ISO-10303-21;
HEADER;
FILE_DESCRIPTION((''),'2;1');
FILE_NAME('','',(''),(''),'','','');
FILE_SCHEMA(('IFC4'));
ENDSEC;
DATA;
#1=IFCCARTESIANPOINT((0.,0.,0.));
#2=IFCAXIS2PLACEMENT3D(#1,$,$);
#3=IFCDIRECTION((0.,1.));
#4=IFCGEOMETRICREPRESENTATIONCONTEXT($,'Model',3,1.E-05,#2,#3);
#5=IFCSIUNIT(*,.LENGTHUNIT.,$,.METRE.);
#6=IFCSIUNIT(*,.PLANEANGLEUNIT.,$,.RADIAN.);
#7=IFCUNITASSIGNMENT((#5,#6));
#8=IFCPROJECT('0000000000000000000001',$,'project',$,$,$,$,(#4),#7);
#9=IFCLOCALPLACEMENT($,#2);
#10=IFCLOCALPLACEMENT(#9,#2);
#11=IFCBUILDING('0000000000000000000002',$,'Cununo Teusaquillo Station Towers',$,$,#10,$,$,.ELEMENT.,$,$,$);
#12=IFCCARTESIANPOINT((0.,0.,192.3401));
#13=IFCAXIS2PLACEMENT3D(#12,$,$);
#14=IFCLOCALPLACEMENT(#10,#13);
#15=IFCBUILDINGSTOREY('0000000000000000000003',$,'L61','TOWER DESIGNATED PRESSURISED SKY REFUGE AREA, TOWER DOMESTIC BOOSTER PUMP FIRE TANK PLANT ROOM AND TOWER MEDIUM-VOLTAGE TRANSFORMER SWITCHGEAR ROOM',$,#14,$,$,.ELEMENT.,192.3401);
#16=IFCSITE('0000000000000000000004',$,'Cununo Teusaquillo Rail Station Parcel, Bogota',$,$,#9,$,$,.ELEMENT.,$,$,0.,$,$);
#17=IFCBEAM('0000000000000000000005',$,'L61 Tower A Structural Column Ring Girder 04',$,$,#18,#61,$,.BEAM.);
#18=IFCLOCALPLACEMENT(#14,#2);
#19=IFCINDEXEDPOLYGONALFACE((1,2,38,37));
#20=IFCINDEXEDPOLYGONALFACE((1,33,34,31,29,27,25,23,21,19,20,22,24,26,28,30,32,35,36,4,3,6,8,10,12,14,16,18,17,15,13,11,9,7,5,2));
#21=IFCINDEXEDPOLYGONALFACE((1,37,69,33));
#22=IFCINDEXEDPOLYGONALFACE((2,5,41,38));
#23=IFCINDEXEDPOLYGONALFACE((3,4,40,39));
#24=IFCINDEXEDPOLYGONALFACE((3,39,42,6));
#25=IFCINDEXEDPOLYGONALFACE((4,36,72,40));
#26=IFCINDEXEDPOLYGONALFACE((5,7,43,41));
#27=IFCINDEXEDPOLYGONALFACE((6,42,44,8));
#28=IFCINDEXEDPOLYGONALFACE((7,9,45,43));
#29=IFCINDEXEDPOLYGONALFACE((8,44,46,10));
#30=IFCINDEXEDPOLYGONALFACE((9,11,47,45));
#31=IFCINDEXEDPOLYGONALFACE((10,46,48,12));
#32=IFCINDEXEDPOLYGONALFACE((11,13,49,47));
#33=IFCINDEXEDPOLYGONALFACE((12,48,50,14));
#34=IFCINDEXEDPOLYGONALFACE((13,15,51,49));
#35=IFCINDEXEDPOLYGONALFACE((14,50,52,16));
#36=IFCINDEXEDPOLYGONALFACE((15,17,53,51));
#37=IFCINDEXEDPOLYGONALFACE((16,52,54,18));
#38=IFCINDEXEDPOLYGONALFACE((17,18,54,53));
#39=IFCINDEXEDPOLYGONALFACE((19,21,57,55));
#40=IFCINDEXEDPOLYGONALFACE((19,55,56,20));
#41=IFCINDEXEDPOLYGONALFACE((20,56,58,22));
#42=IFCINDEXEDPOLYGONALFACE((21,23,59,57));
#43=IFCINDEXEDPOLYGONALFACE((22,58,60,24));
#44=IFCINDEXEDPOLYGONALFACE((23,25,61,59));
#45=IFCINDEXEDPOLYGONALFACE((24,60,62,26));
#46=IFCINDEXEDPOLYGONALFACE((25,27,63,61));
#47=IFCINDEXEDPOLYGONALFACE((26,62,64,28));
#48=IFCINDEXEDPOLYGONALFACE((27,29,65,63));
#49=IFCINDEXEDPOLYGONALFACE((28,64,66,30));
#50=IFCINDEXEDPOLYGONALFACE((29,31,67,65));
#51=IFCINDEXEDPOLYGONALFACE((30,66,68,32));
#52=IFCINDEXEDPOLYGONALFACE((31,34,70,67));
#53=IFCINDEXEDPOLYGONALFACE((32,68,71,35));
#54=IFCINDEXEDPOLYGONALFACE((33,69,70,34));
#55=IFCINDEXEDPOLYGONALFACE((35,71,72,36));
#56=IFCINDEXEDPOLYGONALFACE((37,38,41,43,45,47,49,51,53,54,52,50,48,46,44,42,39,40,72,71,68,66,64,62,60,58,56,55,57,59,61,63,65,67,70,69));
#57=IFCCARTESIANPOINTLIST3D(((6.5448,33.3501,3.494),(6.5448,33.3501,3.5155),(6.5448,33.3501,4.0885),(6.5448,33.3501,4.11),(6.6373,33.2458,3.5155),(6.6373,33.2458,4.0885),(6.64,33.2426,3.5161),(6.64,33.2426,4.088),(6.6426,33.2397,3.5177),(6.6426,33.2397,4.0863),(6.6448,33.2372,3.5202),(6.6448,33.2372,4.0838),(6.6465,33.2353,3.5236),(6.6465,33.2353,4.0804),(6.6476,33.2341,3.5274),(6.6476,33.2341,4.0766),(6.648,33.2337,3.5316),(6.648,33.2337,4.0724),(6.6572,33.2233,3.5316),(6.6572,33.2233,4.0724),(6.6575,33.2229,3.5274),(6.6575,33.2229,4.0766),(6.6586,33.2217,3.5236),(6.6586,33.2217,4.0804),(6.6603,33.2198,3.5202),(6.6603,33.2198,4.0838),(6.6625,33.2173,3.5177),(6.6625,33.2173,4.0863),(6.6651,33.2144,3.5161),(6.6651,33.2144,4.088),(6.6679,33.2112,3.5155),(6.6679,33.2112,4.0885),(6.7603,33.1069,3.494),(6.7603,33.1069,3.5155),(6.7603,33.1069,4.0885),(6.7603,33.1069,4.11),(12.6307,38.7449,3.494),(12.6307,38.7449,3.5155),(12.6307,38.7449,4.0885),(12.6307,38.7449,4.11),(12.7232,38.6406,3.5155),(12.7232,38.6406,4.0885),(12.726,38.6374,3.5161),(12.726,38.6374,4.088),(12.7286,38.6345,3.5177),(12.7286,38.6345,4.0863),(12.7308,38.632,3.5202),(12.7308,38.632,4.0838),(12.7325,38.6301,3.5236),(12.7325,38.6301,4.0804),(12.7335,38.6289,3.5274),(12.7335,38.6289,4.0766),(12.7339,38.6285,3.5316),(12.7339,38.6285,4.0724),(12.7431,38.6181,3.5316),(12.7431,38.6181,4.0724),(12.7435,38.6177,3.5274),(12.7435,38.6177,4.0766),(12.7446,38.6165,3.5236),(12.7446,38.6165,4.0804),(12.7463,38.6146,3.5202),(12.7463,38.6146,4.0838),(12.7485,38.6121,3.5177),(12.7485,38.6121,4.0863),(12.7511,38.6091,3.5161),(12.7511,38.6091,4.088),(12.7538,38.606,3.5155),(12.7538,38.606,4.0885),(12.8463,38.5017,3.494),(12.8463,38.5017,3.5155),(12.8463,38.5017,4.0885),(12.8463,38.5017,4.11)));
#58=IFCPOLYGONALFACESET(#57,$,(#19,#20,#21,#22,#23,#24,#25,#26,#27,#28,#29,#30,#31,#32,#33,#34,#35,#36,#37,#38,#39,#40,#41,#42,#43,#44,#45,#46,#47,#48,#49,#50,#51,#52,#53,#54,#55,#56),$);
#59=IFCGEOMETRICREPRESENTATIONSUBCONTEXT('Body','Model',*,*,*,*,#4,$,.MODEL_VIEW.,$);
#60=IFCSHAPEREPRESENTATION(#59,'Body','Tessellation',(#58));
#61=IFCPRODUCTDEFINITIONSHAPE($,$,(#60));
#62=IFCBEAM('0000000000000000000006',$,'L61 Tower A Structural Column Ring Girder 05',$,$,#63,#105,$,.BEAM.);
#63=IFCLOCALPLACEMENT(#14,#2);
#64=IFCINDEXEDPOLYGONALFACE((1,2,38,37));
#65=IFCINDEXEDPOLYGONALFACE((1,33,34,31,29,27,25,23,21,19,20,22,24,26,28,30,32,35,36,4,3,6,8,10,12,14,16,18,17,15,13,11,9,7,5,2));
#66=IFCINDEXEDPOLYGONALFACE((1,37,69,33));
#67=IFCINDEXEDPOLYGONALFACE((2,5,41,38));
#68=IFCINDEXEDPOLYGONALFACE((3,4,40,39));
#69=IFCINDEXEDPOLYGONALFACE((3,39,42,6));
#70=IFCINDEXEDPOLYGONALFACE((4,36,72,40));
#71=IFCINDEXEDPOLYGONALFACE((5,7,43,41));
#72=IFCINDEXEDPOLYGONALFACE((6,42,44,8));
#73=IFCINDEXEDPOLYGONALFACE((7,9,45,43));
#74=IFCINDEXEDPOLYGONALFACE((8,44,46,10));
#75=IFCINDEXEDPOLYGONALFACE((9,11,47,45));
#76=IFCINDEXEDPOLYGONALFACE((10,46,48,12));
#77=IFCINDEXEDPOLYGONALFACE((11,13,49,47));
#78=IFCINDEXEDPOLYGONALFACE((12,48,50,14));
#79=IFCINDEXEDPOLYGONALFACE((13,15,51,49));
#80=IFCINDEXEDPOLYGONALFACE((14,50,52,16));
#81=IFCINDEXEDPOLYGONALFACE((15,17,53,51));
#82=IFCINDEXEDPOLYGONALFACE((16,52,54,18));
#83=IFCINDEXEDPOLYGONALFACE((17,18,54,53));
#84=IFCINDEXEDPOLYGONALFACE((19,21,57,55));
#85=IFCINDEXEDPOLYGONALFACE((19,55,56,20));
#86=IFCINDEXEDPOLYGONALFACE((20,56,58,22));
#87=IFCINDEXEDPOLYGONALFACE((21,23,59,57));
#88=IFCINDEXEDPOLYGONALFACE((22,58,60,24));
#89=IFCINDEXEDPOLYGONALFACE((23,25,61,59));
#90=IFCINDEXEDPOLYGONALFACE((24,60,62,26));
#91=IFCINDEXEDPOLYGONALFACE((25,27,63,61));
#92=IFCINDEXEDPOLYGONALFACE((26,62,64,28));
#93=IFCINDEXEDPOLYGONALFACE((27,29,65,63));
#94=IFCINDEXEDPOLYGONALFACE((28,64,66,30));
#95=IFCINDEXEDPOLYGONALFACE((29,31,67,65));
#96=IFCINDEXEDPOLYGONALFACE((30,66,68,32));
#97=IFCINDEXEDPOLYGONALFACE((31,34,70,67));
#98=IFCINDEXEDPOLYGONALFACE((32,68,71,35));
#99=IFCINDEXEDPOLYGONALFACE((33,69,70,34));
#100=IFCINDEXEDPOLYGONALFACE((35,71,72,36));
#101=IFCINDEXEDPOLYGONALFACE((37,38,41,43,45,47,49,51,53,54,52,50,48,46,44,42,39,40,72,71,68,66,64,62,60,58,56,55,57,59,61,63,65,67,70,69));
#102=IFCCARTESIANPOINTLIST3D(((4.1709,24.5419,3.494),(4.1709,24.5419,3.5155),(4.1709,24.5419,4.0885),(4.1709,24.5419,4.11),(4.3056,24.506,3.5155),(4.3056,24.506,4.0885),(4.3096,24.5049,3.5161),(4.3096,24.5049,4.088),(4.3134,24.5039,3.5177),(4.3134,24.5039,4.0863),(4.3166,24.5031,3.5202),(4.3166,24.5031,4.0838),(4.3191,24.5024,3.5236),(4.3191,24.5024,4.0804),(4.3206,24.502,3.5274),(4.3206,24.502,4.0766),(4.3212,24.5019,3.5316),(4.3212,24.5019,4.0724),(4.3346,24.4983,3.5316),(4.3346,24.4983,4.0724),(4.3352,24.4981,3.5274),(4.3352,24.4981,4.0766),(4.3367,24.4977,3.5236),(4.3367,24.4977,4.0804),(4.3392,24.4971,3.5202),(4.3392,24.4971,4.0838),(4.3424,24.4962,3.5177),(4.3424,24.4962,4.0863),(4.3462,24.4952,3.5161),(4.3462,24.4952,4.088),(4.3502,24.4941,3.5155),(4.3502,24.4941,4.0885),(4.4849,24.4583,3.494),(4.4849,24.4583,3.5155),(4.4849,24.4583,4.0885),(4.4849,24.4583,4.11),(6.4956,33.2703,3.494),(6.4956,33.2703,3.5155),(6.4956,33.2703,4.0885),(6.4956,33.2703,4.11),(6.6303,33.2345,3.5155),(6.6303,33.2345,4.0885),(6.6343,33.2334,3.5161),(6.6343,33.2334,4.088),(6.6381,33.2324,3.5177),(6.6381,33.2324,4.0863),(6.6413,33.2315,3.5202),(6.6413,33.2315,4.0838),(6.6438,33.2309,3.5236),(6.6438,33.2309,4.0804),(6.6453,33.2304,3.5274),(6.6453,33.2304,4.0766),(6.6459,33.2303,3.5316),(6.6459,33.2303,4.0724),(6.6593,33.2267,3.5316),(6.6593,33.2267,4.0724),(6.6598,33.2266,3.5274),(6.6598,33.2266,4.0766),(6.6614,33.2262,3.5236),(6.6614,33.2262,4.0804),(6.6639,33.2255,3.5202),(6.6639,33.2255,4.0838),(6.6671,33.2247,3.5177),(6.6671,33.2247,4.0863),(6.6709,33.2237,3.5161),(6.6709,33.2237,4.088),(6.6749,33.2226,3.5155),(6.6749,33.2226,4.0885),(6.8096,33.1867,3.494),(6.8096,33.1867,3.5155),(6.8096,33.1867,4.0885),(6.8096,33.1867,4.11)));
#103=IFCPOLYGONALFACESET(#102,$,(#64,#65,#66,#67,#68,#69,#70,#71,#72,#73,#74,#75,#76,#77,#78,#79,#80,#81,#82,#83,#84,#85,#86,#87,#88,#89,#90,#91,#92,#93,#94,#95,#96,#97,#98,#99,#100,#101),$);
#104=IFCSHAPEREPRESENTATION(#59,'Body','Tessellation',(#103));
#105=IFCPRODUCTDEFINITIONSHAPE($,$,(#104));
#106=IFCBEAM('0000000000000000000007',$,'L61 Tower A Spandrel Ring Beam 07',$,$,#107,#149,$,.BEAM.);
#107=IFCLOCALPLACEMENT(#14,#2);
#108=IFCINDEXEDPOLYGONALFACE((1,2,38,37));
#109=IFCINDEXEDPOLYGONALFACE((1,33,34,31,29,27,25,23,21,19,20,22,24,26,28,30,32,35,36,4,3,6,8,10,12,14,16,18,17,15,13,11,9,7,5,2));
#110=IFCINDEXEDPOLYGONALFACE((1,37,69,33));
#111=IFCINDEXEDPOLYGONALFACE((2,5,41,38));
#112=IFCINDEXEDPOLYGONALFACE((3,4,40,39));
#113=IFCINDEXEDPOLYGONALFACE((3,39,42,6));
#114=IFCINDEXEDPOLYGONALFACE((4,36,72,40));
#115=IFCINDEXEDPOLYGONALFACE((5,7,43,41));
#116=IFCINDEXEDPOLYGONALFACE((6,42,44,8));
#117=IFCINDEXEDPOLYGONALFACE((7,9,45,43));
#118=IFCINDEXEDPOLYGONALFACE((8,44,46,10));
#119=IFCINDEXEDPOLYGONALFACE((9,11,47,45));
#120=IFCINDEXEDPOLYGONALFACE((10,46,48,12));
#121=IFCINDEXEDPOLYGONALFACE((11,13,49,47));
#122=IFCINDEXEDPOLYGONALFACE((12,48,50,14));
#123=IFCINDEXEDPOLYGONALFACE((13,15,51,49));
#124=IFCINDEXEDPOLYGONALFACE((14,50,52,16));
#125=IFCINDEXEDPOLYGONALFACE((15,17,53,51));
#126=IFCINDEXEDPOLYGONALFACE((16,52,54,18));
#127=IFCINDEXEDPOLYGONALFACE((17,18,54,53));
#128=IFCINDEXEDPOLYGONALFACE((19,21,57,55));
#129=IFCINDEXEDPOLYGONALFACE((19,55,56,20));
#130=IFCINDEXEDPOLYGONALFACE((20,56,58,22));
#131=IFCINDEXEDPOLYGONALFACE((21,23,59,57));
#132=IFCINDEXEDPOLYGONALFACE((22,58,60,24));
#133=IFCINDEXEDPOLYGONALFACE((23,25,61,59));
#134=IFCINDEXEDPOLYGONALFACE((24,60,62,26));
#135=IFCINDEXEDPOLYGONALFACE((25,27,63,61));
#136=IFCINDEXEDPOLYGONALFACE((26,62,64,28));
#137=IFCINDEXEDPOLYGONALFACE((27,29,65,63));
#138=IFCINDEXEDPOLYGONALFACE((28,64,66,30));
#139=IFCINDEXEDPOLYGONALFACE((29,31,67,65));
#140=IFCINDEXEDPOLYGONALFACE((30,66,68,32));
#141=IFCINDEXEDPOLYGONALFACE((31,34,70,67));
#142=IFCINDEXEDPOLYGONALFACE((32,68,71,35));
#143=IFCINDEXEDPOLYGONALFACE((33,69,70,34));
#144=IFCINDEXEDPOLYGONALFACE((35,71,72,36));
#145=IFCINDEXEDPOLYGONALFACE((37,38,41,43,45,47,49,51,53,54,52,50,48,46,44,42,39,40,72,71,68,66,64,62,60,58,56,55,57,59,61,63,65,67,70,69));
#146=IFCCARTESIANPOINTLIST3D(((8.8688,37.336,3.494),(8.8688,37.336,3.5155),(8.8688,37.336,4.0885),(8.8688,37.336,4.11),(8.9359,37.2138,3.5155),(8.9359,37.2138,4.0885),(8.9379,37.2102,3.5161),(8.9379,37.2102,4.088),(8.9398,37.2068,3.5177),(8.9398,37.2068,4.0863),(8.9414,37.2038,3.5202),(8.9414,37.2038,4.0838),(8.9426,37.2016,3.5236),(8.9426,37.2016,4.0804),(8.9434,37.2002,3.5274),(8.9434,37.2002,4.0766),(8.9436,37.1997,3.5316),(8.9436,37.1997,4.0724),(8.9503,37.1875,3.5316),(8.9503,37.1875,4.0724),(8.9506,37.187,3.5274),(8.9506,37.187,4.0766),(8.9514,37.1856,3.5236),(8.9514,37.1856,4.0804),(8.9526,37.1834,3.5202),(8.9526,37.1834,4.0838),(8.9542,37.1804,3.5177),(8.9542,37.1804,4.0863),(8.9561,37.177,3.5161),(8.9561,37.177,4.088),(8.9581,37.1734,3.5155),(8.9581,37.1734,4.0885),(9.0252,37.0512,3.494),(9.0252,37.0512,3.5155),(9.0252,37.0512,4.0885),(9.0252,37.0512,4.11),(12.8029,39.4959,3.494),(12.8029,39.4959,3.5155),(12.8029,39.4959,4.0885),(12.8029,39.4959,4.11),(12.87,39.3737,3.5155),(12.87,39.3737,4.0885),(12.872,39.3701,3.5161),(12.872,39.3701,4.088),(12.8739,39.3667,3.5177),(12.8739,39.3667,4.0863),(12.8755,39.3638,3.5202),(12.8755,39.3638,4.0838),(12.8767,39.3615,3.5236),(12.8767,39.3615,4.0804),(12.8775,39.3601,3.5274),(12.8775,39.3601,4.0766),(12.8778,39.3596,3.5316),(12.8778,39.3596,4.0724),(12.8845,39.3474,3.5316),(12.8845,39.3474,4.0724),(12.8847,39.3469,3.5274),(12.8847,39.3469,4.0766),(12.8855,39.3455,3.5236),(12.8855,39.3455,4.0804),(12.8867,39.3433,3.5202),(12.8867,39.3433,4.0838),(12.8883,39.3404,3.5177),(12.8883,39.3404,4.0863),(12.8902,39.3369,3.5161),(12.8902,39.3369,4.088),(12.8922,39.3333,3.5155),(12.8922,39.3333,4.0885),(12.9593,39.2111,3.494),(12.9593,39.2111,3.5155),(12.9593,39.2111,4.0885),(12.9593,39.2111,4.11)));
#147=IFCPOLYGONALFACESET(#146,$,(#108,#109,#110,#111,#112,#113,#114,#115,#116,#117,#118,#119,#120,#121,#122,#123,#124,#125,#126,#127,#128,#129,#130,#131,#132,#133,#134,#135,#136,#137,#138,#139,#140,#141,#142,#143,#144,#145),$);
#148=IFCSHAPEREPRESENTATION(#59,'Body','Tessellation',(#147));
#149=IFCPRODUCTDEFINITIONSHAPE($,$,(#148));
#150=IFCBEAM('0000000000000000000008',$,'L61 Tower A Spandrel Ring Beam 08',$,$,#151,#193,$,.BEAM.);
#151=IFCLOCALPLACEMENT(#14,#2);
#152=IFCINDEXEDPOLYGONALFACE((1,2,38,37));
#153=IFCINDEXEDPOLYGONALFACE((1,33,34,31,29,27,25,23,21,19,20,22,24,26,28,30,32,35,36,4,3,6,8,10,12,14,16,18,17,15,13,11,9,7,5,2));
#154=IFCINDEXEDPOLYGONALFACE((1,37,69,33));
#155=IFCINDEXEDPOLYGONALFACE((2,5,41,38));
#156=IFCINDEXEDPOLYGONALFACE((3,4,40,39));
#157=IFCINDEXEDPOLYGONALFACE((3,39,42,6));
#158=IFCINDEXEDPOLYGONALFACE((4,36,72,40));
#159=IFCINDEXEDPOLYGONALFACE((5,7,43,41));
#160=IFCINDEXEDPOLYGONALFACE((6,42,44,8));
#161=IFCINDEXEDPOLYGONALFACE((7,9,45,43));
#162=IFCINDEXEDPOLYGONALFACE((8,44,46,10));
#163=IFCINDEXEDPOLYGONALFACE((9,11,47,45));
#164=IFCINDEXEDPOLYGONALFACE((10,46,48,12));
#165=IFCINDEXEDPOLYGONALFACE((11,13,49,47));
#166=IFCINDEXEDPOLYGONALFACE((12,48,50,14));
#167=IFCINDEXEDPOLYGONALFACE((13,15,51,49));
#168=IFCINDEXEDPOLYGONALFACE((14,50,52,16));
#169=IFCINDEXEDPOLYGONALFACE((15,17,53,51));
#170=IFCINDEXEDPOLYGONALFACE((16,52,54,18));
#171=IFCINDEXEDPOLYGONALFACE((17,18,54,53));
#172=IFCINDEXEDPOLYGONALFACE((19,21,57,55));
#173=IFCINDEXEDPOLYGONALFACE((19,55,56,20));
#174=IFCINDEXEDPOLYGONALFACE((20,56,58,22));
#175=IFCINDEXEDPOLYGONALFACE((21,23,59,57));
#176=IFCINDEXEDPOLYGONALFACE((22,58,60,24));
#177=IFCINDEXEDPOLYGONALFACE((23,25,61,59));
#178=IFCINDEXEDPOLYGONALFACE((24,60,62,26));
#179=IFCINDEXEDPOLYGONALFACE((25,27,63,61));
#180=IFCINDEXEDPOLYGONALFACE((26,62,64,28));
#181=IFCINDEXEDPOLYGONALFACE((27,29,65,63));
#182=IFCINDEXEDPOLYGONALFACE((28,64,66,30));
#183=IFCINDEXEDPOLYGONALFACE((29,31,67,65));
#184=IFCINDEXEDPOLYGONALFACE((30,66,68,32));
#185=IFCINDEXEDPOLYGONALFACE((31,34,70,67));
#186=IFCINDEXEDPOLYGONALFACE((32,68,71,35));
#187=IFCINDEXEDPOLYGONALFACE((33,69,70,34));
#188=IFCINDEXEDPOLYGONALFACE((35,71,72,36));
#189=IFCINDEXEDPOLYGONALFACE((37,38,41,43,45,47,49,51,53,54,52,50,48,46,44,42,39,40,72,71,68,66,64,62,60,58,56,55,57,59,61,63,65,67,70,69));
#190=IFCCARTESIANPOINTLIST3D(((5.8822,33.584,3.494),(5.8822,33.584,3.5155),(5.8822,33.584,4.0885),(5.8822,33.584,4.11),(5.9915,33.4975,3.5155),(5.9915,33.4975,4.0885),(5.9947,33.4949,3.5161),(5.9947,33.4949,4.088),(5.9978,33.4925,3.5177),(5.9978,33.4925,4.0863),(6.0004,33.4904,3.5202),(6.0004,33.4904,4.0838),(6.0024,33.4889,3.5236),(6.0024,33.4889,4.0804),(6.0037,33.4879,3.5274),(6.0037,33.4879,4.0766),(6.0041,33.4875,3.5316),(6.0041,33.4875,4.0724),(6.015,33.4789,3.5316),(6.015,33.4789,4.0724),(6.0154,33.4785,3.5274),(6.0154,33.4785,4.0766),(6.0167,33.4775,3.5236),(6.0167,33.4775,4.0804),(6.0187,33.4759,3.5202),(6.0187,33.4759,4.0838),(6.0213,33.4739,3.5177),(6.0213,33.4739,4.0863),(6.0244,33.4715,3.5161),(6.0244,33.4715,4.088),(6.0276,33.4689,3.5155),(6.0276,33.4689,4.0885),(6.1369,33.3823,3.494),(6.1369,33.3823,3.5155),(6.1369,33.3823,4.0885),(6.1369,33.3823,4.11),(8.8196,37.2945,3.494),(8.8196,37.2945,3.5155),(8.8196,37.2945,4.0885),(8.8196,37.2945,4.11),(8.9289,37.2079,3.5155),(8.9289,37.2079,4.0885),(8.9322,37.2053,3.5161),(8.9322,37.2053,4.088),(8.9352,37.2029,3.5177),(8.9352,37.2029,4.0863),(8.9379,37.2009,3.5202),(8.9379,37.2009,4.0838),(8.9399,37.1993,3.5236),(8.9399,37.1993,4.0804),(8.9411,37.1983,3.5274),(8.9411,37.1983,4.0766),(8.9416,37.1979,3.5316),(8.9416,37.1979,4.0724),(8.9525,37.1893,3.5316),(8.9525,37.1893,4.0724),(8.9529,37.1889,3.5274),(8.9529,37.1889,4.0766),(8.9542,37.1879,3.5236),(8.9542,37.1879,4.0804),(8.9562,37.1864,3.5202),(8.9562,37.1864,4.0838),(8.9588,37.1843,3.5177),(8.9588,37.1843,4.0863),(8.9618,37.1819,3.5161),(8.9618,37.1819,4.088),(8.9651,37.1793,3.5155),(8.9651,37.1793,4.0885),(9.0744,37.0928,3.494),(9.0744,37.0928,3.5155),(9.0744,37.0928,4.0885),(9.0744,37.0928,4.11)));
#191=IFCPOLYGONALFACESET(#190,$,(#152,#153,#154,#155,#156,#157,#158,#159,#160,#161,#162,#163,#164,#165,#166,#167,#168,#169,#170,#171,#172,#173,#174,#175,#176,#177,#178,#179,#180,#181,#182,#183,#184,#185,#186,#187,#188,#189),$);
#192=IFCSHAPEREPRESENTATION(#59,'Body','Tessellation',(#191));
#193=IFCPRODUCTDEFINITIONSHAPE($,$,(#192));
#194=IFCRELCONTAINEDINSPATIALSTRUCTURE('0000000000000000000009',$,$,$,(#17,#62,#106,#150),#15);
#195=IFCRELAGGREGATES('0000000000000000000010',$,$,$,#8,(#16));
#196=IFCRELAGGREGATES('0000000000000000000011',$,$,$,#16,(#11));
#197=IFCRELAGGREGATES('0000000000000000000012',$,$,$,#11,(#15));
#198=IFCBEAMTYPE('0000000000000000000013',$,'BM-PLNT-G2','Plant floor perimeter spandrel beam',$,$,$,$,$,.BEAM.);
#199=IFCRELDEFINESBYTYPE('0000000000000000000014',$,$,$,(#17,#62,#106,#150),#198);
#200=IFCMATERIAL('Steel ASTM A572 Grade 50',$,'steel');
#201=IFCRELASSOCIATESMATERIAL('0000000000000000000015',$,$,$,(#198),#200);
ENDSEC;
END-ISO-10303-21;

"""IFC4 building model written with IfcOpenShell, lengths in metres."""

from ifc_helpers import new_model, si_unit, direction, frame, origin, origin_2d, place, context, subcontext, project, spatial, i_section, extrude, material, material_profile, profile_set, type_object, element, save


model = new_model("IFC4")

# Units and contexts
model_context = context("Model", 3, precision=1e-05, world=origin(), true_north=direction((0.0, 1.0)))
body_context = subcontext(model_context, "Body", "Model", "MODEL_VIEW")
ifc_project = project(units=[si_unit("LENGTHUNIT", "METRE"), si_unit("PLANEANGLEUNIT", "RADIAN")], contexts=[model_context])

# Site, building, storey
site_placement = place(None, origin())
site = spatial("IfcSite", under=ifc_project, at=site_placement, Name="Cununo Teusaquillo Rail Station Parcel, Bogota", CompositionType="ELEMENT", RefElevation=0.0)
building_placement = place(site_placement, origin())
building = spatial("IfcBuilding", under=site, at=building_placement, Name="Cununo Teusaquillo Station Towers", CompositionType="ELEMENT")
storey_placement = place(building_placement, frame((0.0, 0.0, 192.3401)))
storey = spatial("IfcBuildingStorey", under=building, at=storey_placement, Name="L61", Description="TOWER DESIGNATED PRESSURISED SKY REFUGE AREA, TOWER DOMESTIC BOOSTER PUMP FIRE TANK PLANT ROOM AND TOWER MEDIUM-VOLTAGE TRANSFORMER SWITCHGEAR ROOM", CompositionType="ELEMENT", Elevation=192.3401)

# Beams
ifc_material_1 = material(Name="Steel ASTM A572 Grade 50", Category="steel")
ifc_material_profile_1 = material_profile(ifc_material_1, i_section(OverallWidth=0.325, OverallDepth=0.616, WebThickness=0.0139, FlangeThickness=0.0215, FilletRadius=0.0161, at=origin_2d()), Name="W24X117")
ifc_profile_set_1 = profile_set([ifc_material_profile_1], Name="Steel ASTM A572 Grade 50")
beam_type_1 = type_object("IfcBeamType", Name="BM-PLNT-G2", Description="Plant floor perimeter spandrel beam", PredefinedType="BEAM", material=ifc_profile_set_1)
beam_1_placement = place(storey_placement, frame((12.7385, 38.6233, 3.802), z_axis=(-0.748321, -0.663337, 0.0), x_axis=(0.663337, -0.748321, 0.0)))
element("IfcBeam", 1, at=beam_1_placement, inside=storey, type_object=beam_type_1, Name="L61 Tower A Structural Column Ring Girder 04", PredefinedType="BEAM", context=body_context, shape_type="SweptSolid", body=[
    extrude(i_section(OverallWidth=0.325, OverallDepth=0.616, WebThickness=0.0139, FlangeThickness=0.0215, FilletRadius=0.0161, at=origin_2d()), origin(), (0.0, 0.0, 1.0), 8.1328),
])
beam_2_placement = place(storey_placement, frame((6.6526, 33.2285, 3.802), z_axis=(-0.257363, -0.966315, 0.0), x_axis=(0.966315, -0.257363, 0.0)))
element("IfcBeam", 2, at=beam_2_placement, inside=storey, type_object=beam_type_1, Name="L61 Tower A Structural Column Ring Girder 05", PredefinedType="BEAM", context=body_context, shape_type="SweptSolid", body=[
    extrude(i_section(OverallWidth=0.325, OverallDepth=0.616, WebThickness=0.0139, FlangeThickness=0.0215, FilletRadius=0.0161, at=origin_2d()), origin(), (0.0, 0.0, 1.0), 9.0327),
])
beam_3_placement = place(storey_placement, frame((12.8811, 39.3535, 3.802), z_axis=(-0.876576, -0.481263, 0.0), x_axis=(0.481263, -0.876576, 0.0)))
element("IfcBeam", 3, at=beam_3_placement, inside=storey, type_object=beam_type_1, Name="L61 Tower A Spandrel Ring Beam 07", PredefinedType="BEAM", context=body_context, shape_type="SweptSolid", body=[
    extrude(i_section(OverallWidth=0.325, OverallDepth=0.616, WebThickness=0.0139, FlangeThickness=0.0215, FilletRadius=0.0161, at=origin_2d()), origin(), (0.0, 0.0, 1.0), 4.488),
])
beam_4_placement = place(storey_placement, frame((8.947, 37.1936, 3.802), z_axis=(-0.620711, -0.78404, 0.0), x_axis=(0.78404, -0.620711, 0.0)))
element("IfcBeam", 4, at=beam_4_placement, inside=storey, type_object=beam_type_1, Name="L61 Tower A Spandrel Ring Beam 08", PredefinedType="BEAM", context=body_context, shape_type="SweptSolid", body=[
    extrude(i_section(OverallWidth=0.325, OverallDepth=0.616, WebThickness=0.0139, FlangeThickness=0.0215, FilletRadius=0.0161, at=origin_2d()), origin(), (0.0, 0.0, 1.0), 4.7324),
])

save(model, "model.ifc")
